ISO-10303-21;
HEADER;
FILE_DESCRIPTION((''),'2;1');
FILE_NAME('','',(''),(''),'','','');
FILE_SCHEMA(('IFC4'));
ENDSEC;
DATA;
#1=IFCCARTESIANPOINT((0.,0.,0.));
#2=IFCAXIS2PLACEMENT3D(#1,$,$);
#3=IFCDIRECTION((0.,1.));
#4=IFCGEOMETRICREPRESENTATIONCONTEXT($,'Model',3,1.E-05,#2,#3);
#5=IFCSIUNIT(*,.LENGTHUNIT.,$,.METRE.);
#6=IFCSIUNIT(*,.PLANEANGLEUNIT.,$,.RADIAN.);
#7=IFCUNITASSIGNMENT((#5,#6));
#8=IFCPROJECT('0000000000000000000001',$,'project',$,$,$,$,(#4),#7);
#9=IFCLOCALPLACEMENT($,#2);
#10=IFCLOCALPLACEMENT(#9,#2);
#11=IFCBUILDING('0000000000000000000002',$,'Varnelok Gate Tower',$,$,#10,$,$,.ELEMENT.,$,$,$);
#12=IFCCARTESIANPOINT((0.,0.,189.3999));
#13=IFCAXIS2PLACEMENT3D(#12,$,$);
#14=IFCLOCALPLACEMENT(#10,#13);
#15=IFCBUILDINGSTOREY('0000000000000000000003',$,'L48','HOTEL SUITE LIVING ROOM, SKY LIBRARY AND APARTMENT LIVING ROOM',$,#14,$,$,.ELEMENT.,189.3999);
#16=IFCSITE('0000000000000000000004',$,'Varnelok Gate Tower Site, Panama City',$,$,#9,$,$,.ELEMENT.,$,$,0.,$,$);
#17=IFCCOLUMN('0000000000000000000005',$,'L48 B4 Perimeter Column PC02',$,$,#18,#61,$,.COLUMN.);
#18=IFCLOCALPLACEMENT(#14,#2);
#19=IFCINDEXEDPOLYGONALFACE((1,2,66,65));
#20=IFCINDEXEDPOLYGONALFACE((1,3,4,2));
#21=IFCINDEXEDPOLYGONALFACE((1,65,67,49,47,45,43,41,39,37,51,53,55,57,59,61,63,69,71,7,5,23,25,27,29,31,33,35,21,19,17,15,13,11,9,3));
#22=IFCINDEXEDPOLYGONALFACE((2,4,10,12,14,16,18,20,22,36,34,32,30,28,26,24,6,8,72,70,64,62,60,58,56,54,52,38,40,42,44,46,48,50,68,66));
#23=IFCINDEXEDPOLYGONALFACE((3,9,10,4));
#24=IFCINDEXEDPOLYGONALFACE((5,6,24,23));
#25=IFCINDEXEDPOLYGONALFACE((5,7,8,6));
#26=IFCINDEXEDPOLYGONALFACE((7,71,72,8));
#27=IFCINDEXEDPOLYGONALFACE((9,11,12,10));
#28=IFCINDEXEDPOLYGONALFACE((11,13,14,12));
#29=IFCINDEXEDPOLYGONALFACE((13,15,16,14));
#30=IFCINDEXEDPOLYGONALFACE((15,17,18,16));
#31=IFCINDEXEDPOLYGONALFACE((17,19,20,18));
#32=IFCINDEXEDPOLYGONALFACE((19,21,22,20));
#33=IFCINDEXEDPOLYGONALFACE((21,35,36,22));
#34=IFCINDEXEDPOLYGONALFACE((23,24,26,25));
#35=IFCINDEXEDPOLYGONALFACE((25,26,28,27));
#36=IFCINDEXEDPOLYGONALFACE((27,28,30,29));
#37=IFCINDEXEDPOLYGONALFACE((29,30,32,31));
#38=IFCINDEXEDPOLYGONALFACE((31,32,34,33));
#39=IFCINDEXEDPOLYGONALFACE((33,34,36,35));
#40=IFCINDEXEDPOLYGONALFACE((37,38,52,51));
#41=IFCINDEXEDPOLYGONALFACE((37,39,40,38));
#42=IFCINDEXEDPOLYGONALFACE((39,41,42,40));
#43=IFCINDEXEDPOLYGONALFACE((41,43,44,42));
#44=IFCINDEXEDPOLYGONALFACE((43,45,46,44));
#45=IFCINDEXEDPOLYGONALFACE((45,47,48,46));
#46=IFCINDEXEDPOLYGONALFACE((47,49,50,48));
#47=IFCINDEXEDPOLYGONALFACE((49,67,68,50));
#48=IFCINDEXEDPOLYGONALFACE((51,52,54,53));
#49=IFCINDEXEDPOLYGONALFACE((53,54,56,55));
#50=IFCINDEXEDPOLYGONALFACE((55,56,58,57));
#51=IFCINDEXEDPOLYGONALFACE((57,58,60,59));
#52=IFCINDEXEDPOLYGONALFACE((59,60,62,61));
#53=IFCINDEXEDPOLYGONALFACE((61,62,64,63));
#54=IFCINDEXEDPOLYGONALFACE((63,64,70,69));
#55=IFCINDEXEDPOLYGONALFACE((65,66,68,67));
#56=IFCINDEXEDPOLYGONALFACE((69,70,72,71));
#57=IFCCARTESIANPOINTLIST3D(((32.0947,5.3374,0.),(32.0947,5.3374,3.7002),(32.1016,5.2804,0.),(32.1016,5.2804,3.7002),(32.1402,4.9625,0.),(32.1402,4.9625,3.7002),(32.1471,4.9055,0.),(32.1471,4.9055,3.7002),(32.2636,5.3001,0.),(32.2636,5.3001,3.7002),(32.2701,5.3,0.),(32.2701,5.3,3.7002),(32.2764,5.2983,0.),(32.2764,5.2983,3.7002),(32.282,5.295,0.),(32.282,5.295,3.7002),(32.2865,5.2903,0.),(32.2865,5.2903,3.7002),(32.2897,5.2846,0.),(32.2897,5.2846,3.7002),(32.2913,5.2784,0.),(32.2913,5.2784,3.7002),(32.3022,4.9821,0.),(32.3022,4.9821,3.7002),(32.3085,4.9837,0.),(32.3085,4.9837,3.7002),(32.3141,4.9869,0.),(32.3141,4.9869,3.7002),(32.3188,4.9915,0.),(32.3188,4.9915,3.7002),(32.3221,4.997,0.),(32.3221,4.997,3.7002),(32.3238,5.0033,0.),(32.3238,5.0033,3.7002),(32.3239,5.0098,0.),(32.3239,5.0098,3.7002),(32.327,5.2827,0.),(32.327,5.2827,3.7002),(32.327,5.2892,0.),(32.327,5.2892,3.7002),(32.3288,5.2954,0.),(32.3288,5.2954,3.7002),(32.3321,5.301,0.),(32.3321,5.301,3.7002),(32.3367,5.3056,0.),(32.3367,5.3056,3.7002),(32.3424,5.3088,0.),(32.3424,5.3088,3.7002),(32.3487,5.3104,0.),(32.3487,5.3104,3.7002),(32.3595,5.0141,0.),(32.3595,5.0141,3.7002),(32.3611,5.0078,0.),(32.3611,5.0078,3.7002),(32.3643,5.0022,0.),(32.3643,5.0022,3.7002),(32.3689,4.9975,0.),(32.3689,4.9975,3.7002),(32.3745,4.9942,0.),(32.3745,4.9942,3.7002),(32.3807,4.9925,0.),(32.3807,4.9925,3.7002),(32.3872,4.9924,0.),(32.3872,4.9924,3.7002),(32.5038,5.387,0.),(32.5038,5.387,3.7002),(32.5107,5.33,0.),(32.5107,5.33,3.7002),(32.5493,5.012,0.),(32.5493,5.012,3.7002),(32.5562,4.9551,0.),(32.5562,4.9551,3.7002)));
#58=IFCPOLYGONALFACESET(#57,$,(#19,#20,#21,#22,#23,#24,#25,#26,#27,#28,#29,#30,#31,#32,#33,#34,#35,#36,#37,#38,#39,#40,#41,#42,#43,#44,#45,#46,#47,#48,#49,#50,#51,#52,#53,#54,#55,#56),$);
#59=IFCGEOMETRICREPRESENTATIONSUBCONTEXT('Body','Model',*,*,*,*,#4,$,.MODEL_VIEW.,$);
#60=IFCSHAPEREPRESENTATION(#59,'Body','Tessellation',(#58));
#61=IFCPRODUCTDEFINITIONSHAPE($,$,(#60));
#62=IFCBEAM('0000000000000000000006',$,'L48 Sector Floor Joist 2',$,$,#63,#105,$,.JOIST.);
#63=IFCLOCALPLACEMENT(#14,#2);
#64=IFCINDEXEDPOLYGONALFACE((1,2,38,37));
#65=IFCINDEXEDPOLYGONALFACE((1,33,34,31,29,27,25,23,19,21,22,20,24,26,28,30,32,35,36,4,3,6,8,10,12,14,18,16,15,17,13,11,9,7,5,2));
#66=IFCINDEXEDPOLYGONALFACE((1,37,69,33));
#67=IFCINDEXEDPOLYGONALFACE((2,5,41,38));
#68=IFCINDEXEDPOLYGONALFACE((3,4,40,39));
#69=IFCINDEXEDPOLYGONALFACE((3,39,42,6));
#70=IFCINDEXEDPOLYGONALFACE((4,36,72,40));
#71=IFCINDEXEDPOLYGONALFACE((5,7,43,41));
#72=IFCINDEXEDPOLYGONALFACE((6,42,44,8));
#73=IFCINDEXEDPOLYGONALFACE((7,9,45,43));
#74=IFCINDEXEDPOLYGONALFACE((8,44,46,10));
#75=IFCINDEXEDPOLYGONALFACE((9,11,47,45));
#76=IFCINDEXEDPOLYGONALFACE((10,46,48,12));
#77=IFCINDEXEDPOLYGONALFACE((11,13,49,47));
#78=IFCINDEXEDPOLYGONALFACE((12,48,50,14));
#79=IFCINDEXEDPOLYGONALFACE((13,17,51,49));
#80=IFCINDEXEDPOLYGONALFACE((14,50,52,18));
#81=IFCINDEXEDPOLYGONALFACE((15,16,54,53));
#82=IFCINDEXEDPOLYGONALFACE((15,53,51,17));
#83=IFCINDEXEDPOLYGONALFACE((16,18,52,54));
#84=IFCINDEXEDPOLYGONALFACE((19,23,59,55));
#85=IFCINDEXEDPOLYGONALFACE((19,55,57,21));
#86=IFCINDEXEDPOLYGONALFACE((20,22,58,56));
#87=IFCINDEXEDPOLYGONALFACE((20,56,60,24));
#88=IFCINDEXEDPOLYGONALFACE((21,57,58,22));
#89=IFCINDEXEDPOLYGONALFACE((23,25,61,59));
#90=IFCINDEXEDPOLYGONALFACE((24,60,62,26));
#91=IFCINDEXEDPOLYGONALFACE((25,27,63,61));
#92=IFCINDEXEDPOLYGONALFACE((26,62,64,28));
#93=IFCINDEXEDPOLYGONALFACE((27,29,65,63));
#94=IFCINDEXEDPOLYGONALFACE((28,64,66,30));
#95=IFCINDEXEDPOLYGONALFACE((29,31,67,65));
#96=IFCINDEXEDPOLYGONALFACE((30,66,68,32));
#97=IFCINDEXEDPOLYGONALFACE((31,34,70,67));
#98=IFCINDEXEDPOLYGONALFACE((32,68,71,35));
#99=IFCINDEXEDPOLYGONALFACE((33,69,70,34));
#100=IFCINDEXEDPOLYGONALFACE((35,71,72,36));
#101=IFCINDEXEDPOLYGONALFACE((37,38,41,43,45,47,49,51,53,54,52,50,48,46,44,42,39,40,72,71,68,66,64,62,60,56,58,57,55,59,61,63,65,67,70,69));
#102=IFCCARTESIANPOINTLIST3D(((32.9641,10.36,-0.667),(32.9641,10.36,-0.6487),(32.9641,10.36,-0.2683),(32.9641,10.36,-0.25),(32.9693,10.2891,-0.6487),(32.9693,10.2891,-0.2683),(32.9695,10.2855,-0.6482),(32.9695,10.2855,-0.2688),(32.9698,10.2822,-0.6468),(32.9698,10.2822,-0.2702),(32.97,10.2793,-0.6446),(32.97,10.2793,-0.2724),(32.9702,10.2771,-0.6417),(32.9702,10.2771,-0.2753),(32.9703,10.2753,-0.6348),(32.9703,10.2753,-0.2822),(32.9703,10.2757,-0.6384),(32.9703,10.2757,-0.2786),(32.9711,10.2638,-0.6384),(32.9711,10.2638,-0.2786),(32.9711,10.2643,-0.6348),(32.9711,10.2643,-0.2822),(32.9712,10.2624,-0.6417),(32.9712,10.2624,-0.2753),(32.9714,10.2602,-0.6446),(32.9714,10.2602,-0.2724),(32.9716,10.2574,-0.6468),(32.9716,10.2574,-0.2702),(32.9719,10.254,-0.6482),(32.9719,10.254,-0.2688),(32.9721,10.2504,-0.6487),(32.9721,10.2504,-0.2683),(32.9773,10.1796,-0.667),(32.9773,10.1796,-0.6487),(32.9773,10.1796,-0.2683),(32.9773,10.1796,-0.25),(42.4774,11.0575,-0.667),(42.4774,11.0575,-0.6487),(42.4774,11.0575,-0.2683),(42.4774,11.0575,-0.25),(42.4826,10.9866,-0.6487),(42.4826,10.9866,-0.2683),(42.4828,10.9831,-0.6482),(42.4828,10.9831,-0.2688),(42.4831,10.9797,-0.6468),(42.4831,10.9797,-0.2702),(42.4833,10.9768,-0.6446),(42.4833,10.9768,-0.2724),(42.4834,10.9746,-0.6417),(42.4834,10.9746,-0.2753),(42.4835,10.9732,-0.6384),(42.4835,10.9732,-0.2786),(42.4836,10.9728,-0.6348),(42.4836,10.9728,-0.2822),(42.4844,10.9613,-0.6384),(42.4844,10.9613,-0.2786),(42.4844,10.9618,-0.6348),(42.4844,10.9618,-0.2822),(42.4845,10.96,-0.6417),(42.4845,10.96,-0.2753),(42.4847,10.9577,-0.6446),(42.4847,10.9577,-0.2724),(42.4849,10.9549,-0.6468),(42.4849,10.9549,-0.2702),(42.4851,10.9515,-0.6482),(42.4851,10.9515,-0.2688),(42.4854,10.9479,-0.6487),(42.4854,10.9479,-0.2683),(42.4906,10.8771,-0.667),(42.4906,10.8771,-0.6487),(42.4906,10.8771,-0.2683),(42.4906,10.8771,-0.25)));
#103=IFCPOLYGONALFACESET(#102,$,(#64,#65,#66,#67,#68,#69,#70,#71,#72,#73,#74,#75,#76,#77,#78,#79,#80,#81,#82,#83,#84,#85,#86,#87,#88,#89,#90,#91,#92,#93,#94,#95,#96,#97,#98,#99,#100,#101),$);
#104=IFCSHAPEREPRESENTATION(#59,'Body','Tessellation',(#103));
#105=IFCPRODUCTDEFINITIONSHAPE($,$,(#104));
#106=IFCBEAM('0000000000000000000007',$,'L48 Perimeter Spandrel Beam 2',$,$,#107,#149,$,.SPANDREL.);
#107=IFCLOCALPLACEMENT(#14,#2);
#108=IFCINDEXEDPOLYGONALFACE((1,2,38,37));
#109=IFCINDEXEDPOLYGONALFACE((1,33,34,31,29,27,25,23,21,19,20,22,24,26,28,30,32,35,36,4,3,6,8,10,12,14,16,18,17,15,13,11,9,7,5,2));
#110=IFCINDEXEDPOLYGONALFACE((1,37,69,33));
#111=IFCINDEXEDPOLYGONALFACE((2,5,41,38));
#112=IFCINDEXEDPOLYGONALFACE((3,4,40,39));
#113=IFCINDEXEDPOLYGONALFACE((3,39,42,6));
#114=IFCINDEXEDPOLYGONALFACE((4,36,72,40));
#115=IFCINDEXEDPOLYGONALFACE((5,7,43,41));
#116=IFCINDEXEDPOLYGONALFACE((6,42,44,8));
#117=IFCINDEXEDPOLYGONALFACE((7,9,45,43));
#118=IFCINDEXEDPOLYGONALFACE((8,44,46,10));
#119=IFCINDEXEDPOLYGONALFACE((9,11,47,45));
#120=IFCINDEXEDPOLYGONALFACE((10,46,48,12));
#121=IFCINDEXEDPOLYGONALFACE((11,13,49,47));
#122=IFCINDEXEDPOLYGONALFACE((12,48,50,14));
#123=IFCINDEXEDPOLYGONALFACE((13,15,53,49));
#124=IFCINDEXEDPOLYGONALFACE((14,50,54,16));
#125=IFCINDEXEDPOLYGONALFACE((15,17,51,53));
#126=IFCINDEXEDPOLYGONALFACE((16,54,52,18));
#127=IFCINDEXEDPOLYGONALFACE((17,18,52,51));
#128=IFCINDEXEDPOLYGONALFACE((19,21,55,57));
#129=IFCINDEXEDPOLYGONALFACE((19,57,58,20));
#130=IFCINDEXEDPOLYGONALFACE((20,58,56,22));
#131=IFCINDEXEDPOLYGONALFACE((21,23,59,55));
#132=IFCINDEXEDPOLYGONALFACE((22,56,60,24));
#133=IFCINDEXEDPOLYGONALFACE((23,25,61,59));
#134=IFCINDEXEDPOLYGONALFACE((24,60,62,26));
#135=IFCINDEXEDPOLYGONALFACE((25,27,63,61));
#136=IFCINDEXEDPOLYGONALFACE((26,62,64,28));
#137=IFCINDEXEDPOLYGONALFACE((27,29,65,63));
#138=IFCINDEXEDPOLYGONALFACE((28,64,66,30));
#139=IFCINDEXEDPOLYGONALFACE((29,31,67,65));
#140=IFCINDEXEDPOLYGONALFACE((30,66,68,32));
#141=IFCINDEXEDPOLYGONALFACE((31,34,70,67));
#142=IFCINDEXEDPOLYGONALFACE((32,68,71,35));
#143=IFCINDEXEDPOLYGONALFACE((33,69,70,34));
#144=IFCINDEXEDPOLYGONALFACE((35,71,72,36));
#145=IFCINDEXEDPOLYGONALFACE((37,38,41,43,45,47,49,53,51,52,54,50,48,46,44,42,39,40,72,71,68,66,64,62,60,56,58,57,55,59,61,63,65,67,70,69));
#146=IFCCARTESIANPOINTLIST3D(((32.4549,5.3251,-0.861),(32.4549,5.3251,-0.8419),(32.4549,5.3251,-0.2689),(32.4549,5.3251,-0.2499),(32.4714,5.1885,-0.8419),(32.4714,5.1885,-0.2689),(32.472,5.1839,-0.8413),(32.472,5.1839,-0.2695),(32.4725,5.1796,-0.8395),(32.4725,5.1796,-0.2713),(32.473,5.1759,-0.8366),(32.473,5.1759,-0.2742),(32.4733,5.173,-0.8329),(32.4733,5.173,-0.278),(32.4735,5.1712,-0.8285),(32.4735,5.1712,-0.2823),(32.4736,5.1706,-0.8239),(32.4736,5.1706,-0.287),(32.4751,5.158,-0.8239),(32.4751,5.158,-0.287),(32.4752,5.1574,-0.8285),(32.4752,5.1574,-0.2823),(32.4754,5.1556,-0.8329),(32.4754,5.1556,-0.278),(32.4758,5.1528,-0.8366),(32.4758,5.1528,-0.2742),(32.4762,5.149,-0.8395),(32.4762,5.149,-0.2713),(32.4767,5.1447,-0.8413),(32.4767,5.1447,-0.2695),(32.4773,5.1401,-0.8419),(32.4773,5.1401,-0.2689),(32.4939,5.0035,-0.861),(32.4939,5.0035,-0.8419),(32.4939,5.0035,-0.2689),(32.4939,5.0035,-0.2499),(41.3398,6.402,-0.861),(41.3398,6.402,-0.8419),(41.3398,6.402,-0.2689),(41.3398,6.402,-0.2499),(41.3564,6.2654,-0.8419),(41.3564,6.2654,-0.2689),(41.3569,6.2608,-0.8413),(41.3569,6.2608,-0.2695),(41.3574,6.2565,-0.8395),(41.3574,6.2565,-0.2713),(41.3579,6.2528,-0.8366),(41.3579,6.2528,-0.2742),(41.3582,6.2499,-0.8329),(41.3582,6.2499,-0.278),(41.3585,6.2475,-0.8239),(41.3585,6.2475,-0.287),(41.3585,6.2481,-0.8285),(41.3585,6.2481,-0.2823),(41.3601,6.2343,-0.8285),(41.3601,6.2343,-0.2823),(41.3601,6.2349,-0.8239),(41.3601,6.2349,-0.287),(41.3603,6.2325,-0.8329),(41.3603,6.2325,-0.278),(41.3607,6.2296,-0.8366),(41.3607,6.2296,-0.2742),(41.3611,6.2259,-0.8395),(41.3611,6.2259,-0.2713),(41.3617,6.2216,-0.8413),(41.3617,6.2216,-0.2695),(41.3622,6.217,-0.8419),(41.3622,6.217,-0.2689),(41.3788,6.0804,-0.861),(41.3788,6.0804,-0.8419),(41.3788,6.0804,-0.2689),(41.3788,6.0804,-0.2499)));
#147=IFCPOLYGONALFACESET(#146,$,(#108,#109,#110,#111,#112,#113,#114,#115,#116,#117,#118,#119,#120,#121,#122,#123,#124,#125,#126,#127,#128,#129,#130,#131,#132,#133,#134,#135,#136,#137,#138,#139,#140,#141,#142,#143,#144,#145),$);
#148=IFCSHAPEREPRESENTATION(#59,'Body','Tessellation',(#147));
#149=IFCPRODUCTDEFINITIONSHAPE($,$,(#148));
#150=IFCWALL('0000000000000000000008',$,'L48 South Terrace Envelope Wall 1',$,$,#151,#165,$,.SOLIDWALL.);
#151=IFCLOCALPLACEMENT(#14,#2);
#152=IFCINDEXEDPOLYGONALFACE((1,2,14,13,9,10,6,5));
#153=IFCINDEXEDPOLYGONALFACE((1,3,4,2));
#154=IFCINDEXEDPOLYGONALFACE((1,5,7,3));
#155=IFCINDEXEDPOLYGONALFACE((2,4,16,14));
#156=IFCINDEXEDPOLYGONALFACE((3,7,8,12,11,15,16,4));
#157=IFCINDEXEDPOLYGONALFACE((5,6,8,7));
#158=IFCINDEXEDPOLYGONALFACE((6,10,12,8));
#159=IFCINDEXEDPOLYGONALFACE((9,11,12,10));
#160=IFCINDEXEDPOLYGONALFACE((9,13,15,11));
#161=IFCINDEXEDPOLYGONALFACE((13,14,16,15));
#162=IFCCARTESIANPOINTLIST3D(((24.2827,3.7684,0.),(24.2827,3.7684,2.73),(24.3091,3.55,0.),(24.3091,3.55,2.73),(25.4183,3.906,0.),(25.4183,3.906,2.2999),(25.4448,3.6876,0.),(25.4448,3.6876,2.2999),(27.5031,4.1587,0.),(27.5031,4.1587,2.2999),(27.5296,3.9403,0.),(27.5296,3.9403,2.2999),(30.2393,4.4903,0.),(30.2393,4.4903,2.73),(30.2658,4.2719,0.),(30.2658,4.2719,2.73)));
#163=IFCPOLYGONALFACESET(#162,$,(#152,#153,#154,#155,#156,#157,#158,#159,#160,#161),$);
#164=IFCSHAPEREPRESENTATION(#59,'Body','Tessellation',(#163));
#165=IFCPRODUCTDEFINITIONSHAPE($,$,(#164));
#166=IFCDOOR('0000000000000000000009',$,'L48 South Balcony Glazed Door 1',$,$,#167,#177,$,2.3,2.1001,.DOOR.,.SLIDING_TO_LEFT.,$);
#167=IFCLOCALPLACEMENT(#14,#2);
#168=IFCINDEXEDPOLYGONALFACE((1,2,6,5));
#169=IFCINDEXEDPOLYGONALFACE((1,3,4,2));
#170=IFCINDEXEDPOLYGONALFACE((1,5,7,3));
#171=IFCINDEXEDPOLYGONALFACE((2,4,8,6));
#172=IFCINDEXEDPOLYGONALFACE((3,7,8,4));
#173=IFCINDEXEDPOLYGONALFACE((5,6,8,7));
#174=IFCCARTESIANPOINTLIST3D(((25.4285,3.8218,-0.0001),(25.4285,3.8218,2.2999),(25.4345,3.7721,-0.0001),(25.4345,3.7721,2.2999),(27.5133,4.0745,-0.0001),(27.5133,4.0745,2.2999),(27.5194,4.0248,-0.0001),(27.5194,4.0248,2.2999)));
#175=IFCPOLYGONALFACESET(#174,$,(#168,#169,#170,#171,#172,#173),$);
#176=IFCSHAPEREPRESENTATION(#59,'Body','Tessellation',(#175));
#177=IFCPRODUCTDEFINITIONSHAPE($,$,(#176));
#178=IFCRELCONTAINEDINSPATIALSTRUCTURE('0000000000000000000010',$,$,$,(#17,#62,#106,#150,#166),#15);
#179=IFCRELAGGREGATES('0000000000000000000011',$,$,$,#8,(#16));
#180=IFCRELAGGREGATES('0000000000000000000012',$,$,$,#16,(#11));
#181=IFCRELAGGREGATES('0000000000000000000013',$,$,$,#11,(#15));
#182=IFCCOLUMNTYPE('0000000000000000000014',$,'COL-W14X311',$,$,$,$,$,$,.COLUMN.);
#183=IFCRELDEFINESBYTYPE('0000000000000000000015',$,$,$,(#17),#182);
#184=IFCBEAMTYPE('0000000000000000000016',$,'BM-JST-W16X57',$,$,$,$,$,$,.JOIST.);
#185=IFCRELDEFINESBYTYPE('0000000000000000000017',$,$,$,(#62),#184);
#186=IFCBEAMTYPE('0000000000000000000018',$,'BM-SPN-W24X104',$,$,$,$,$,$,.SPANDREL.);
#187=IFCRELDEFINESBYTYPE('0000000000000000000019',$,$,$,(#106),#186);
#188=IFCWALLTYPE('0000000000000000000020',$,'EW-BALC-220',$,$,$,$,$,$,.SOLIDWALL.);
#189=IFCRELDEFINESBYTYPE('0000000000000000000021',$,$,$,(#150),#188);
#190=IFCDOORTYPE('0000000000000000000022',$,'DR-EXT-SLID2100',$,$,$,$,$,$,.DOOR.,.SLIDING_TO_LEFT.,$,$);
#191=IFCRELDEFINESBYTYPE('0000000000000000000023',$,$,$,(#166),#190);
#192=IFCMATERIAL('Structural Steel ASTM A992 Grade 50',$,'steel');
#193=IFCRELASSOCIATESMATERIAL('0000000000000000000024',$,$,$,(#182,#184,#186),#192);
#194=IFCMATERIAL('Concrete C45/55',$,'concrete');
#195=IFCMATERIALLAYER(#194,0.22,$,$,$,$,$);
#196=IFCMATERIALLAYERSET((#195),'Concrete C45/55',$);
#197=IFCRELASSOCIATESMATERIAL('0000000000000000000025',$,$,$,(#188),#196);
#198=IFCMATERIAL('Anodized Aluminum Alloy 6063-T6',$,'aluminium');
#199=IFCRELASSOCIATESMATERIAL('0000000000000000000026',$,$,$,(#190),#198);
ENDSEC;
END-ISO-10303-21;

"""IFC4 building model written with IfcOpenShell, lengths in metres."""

from ifc_helpers import new_model, si_unit, direction, frame, frame_2d, origin, origin_2d, place, context, subcontext, project, spatial, rectangle, i_section, extrude, material, layer, layer_set, material_profile, profile_set, type_object, element, fill, save


model = new_model("IFC4")

# Units and contexts
model_context = context("Model", 3, precision=1e-05, world=origin(), true_north=direction((0.0, 1.0)))
body_context = subcontext(model_context, "Body", "Model", "MODEL_VIEW")
ifc_project = project(units=[si_unit("LENGTHUNIT", "METRE"), si_unit("PLANEANGLEUNIT", "RADIAN")], contexts=[model_context])

# Site, building, storey
site_placement = place(None, origin())
site = spatial("IfcSite", under=ifc_project, at=site_placement, Name="Varnelok Gate Tower Site, Panama City", CompositionType="ELEMENT", RefElevation=0.0)
building_placement = place(site_placement, origin())
building = spatial("IfcBuilding", under=site, at=building_placement, Name="Varnelok Gate Tower", CompositionType="ELEMENT")
storey_placement = place(building_placement, frame((0.0, 0.0, 189.3999)))
storey = spatial("IfcBuildingStorey", under=building, at=storey_placement, Name="L48", Description="HOTEL SUITE LIVING ROOM, SKY LIBRARY AND APARTMENT LIVING ROOM", CompositionType="ELEMENT", Elevation=189.3999)

# Column
ifc_material_1 = material(Name="Structural Steel ASTM A992 Grade 50", Category="steel")
ifc_material_profile_1 = material_profile(ifc_material_1, i_section(OverallWidth=0.4121, OverallDepth=0.4351, WebThickness=0.0359, FlangeThickness=0.0574, FilletRadius=0.0249, at=origin_2d()), Name="W14X311")
ifc_profile_set_1 = profile_set([ifc_material_profile_1], Name="Structural Steel ASTM A992 Grade 50")
column_type = type_object("IfcColumnType", Name="COL-W14X311", PredefinedType="COLUMN", material=ifc_profile_set_1)
column_placement = place(storey_placement, frame((32.3254, 5.1462, 0.0), z_axis=(0.0, 0.0, 1.0), x_axis=(0.992732, 0.120345, 0.0)))
element("IfcColumn", 1, at=column_placement, inside=storey, type_object=column_type, Name="L48 B4 Perimeter Column PC02", PredefinedType="COLUMN", context=body_context, shape_type="SweptSolid", body=[
    extrude(i_section(OverallWidth=0.4121, OverallDepth=0.4351, WebThickness=0.0359, FlangeThickness=0.0574, FilletRadius=0.0249, at=origin_2d()), origin(), (0.0, 0.0, 1.0), 3.7002),
])

# Beams
ifc_material_profile_2 = material_profile(ifc_material_1, i_section(OverallWidth=0.1809, OverallDepth=0.417, WebThickness=0.011, FlangeThickness=0.0183, FilletRadius=0.0139, at=origin_2d()), Name="W16X57")
ifc_profile_set_2 = profile_set([ifc_material_profile_2], Name="Structural Steel ASTM A992 Grade 50")
beam_type_1 = type_object("IfcBeamType", Name="BM-JST-W16X57", PredefinedType="JOIST", material=ifc_profile_set_2)
beam_1_placement = place(storey_placement, frame((32.9707, 10.2698, -0.4585), z_axis=(0.997323, 0.073124, 0.0), x_axis=(-0.073124, 0.997323, 0.0)))
element("IfcBeam", 2, at=beam_1_placement, inside=storey, type_object=beam_type_1, Name="L48 Sector Floor Joist 2", PredefinedType="JOIST", context=body_context, shape_type="SweptSolid", body=[
    extrude(i_section(OverallWidth=0.1809, OverallDepth=0.417, WebThickness=0.011, FlangeThickness=0.0183, FilletRadius=0.0139, at=origin_2d()), origin(), (0.0, 0.0, 1.0), 9.5388),
])
ifc_material_profile_3 = material_profile(ifc_material_1, i_section(OverallWidth=0.324, OverallDepth=0.6111, WebThickness=0.0127, FlangeThickness=0.019, FilletRadius=0.0181, at=origin_2d()), Name="W24X104")
ifc_profile_set_3 = profile_set([ifc_material_profile_3], Name="Structural Steel ASTM A992 Grade 50")
beam_type_2 = type_object("IfcBeamType", Name="BM-SPN-W24X104", PredefinedType="SPANDREL", material=ifc_profile_set_3)
beam_2_placement = place(storey_placement, frame((32.4744, 5.1643, -0.5554), z_axis=(0.992735, 0.120324, 0.0), x_axis=(-0.120324, 0.992735, 0.0)))
element("IfcBeam", 3, at=beam_2_placement, inside=storey, type_object=beam_type_2, Name="L48 Perimeter Spandrel Beam 2", PredefinedType="SPANDREL", context=body_context, shape_type="SweptSolid", body=[
    extrude(i_section(OverallWidth=0.324, OverallDepth=0.6111, WebThickness=0.0127, FlangeThickness=0.019, FilletRadius=0.0181, at=origin_2d()), origin(), (0.0, 0.0, 1.0), 8.95),
])

# Wall, opening, door
ifc_material_2 = material(Name="Concrete C45/55", Category="concrete")
ifc_layer_1 = layer(ifc_material_2, 0.22)
ifc_layer_set_1 = layer_set([ifc_layer_1], Name="Concrete C45/55")
wall_type_1 = type_object("IfcWallType", Name="EW-BALC-220", PredefinedType="SOLIDWALL", material=ifc_layer_set_1)
wall_1_placement = place(storey_placement, frame((30.2524, 4.3811, 0.0), z_axis=(0.0, 0.0, 1.0), x_axis=(-0.992735, -0.120318, 0.0)))
wall_1 = element("IfcWall", 4, at=wall_1_placement, inside=storey, type_object=wall_type_1, Name="L48 South Terrace Envelope Wall 1", PredefinedType="SOLIDWALL", context=body_context, shape_type="SweptSolid", body=[
    extrude(rectangle(XDim=6.0002, YDim=0.22, at=frame_2d((3.0, 0.0))), origin(), (0.0, 0.0, 1.0), 2.73),
])
opening_1_placement = place(wall_1_placement, frame((2.7561, 0.0, 0.0)))
opening_1 = element("IfcOpeningElement", 5, at=opening_1_placement, cuts=wall_1, PredefinedType="OPENING", context=body_context, shape_type="SweptSolid", body=[
    extrude(rectangle(XDim=2.1001, YDim=2.3, at=frame_2d((1.05, 1.1499))), frame((0.0, 0.1199, 0.0), z_axis=(0.0, -1.0, 0.0), x_axis=(1.0, 0.0, 0.0)), (0.0, 0.0, 1.0), 0.24),
])
ifc_material_3 = material(Name="Anodized Aluminum Alloy 6063-T6", Category="aluminium")
door_type_1 = type_object("IfcDoorType", Name="DR-EXT-SLID2100", OperationType="SLIDING_TO_LEFT", PredefinedType="DOOR", material=ifc_material_3)
door_1_placement = place(opening_1_placement, origin())
door_1 = element("IfcDoor", 6, at=door_1_placement, inside=storey, type_object=door_type_1, Name="L48 South Balcony Glazed Door 1", OperationType="SLIDING_TO_LEFT", OverallHeight=2.3, OverallWidth=2.1001, PredefinedType="DOOR", context=body_context, shape_type="SweptSolid", body=[
    extrude(rectangle(XDim=2.1001, YDim=2.3, at=frame_2d((1.05, 1.1499))), frame((0.0, 0.0249, 0.0), z_axis=(0.0, -1.0, 0.0), x_axis=(1.0, 0.0, 0.0)), (0.0, 0.0, 1.0), 0.05),
])
fill(opening_1, door_1)

save(model, "model.ifc")
